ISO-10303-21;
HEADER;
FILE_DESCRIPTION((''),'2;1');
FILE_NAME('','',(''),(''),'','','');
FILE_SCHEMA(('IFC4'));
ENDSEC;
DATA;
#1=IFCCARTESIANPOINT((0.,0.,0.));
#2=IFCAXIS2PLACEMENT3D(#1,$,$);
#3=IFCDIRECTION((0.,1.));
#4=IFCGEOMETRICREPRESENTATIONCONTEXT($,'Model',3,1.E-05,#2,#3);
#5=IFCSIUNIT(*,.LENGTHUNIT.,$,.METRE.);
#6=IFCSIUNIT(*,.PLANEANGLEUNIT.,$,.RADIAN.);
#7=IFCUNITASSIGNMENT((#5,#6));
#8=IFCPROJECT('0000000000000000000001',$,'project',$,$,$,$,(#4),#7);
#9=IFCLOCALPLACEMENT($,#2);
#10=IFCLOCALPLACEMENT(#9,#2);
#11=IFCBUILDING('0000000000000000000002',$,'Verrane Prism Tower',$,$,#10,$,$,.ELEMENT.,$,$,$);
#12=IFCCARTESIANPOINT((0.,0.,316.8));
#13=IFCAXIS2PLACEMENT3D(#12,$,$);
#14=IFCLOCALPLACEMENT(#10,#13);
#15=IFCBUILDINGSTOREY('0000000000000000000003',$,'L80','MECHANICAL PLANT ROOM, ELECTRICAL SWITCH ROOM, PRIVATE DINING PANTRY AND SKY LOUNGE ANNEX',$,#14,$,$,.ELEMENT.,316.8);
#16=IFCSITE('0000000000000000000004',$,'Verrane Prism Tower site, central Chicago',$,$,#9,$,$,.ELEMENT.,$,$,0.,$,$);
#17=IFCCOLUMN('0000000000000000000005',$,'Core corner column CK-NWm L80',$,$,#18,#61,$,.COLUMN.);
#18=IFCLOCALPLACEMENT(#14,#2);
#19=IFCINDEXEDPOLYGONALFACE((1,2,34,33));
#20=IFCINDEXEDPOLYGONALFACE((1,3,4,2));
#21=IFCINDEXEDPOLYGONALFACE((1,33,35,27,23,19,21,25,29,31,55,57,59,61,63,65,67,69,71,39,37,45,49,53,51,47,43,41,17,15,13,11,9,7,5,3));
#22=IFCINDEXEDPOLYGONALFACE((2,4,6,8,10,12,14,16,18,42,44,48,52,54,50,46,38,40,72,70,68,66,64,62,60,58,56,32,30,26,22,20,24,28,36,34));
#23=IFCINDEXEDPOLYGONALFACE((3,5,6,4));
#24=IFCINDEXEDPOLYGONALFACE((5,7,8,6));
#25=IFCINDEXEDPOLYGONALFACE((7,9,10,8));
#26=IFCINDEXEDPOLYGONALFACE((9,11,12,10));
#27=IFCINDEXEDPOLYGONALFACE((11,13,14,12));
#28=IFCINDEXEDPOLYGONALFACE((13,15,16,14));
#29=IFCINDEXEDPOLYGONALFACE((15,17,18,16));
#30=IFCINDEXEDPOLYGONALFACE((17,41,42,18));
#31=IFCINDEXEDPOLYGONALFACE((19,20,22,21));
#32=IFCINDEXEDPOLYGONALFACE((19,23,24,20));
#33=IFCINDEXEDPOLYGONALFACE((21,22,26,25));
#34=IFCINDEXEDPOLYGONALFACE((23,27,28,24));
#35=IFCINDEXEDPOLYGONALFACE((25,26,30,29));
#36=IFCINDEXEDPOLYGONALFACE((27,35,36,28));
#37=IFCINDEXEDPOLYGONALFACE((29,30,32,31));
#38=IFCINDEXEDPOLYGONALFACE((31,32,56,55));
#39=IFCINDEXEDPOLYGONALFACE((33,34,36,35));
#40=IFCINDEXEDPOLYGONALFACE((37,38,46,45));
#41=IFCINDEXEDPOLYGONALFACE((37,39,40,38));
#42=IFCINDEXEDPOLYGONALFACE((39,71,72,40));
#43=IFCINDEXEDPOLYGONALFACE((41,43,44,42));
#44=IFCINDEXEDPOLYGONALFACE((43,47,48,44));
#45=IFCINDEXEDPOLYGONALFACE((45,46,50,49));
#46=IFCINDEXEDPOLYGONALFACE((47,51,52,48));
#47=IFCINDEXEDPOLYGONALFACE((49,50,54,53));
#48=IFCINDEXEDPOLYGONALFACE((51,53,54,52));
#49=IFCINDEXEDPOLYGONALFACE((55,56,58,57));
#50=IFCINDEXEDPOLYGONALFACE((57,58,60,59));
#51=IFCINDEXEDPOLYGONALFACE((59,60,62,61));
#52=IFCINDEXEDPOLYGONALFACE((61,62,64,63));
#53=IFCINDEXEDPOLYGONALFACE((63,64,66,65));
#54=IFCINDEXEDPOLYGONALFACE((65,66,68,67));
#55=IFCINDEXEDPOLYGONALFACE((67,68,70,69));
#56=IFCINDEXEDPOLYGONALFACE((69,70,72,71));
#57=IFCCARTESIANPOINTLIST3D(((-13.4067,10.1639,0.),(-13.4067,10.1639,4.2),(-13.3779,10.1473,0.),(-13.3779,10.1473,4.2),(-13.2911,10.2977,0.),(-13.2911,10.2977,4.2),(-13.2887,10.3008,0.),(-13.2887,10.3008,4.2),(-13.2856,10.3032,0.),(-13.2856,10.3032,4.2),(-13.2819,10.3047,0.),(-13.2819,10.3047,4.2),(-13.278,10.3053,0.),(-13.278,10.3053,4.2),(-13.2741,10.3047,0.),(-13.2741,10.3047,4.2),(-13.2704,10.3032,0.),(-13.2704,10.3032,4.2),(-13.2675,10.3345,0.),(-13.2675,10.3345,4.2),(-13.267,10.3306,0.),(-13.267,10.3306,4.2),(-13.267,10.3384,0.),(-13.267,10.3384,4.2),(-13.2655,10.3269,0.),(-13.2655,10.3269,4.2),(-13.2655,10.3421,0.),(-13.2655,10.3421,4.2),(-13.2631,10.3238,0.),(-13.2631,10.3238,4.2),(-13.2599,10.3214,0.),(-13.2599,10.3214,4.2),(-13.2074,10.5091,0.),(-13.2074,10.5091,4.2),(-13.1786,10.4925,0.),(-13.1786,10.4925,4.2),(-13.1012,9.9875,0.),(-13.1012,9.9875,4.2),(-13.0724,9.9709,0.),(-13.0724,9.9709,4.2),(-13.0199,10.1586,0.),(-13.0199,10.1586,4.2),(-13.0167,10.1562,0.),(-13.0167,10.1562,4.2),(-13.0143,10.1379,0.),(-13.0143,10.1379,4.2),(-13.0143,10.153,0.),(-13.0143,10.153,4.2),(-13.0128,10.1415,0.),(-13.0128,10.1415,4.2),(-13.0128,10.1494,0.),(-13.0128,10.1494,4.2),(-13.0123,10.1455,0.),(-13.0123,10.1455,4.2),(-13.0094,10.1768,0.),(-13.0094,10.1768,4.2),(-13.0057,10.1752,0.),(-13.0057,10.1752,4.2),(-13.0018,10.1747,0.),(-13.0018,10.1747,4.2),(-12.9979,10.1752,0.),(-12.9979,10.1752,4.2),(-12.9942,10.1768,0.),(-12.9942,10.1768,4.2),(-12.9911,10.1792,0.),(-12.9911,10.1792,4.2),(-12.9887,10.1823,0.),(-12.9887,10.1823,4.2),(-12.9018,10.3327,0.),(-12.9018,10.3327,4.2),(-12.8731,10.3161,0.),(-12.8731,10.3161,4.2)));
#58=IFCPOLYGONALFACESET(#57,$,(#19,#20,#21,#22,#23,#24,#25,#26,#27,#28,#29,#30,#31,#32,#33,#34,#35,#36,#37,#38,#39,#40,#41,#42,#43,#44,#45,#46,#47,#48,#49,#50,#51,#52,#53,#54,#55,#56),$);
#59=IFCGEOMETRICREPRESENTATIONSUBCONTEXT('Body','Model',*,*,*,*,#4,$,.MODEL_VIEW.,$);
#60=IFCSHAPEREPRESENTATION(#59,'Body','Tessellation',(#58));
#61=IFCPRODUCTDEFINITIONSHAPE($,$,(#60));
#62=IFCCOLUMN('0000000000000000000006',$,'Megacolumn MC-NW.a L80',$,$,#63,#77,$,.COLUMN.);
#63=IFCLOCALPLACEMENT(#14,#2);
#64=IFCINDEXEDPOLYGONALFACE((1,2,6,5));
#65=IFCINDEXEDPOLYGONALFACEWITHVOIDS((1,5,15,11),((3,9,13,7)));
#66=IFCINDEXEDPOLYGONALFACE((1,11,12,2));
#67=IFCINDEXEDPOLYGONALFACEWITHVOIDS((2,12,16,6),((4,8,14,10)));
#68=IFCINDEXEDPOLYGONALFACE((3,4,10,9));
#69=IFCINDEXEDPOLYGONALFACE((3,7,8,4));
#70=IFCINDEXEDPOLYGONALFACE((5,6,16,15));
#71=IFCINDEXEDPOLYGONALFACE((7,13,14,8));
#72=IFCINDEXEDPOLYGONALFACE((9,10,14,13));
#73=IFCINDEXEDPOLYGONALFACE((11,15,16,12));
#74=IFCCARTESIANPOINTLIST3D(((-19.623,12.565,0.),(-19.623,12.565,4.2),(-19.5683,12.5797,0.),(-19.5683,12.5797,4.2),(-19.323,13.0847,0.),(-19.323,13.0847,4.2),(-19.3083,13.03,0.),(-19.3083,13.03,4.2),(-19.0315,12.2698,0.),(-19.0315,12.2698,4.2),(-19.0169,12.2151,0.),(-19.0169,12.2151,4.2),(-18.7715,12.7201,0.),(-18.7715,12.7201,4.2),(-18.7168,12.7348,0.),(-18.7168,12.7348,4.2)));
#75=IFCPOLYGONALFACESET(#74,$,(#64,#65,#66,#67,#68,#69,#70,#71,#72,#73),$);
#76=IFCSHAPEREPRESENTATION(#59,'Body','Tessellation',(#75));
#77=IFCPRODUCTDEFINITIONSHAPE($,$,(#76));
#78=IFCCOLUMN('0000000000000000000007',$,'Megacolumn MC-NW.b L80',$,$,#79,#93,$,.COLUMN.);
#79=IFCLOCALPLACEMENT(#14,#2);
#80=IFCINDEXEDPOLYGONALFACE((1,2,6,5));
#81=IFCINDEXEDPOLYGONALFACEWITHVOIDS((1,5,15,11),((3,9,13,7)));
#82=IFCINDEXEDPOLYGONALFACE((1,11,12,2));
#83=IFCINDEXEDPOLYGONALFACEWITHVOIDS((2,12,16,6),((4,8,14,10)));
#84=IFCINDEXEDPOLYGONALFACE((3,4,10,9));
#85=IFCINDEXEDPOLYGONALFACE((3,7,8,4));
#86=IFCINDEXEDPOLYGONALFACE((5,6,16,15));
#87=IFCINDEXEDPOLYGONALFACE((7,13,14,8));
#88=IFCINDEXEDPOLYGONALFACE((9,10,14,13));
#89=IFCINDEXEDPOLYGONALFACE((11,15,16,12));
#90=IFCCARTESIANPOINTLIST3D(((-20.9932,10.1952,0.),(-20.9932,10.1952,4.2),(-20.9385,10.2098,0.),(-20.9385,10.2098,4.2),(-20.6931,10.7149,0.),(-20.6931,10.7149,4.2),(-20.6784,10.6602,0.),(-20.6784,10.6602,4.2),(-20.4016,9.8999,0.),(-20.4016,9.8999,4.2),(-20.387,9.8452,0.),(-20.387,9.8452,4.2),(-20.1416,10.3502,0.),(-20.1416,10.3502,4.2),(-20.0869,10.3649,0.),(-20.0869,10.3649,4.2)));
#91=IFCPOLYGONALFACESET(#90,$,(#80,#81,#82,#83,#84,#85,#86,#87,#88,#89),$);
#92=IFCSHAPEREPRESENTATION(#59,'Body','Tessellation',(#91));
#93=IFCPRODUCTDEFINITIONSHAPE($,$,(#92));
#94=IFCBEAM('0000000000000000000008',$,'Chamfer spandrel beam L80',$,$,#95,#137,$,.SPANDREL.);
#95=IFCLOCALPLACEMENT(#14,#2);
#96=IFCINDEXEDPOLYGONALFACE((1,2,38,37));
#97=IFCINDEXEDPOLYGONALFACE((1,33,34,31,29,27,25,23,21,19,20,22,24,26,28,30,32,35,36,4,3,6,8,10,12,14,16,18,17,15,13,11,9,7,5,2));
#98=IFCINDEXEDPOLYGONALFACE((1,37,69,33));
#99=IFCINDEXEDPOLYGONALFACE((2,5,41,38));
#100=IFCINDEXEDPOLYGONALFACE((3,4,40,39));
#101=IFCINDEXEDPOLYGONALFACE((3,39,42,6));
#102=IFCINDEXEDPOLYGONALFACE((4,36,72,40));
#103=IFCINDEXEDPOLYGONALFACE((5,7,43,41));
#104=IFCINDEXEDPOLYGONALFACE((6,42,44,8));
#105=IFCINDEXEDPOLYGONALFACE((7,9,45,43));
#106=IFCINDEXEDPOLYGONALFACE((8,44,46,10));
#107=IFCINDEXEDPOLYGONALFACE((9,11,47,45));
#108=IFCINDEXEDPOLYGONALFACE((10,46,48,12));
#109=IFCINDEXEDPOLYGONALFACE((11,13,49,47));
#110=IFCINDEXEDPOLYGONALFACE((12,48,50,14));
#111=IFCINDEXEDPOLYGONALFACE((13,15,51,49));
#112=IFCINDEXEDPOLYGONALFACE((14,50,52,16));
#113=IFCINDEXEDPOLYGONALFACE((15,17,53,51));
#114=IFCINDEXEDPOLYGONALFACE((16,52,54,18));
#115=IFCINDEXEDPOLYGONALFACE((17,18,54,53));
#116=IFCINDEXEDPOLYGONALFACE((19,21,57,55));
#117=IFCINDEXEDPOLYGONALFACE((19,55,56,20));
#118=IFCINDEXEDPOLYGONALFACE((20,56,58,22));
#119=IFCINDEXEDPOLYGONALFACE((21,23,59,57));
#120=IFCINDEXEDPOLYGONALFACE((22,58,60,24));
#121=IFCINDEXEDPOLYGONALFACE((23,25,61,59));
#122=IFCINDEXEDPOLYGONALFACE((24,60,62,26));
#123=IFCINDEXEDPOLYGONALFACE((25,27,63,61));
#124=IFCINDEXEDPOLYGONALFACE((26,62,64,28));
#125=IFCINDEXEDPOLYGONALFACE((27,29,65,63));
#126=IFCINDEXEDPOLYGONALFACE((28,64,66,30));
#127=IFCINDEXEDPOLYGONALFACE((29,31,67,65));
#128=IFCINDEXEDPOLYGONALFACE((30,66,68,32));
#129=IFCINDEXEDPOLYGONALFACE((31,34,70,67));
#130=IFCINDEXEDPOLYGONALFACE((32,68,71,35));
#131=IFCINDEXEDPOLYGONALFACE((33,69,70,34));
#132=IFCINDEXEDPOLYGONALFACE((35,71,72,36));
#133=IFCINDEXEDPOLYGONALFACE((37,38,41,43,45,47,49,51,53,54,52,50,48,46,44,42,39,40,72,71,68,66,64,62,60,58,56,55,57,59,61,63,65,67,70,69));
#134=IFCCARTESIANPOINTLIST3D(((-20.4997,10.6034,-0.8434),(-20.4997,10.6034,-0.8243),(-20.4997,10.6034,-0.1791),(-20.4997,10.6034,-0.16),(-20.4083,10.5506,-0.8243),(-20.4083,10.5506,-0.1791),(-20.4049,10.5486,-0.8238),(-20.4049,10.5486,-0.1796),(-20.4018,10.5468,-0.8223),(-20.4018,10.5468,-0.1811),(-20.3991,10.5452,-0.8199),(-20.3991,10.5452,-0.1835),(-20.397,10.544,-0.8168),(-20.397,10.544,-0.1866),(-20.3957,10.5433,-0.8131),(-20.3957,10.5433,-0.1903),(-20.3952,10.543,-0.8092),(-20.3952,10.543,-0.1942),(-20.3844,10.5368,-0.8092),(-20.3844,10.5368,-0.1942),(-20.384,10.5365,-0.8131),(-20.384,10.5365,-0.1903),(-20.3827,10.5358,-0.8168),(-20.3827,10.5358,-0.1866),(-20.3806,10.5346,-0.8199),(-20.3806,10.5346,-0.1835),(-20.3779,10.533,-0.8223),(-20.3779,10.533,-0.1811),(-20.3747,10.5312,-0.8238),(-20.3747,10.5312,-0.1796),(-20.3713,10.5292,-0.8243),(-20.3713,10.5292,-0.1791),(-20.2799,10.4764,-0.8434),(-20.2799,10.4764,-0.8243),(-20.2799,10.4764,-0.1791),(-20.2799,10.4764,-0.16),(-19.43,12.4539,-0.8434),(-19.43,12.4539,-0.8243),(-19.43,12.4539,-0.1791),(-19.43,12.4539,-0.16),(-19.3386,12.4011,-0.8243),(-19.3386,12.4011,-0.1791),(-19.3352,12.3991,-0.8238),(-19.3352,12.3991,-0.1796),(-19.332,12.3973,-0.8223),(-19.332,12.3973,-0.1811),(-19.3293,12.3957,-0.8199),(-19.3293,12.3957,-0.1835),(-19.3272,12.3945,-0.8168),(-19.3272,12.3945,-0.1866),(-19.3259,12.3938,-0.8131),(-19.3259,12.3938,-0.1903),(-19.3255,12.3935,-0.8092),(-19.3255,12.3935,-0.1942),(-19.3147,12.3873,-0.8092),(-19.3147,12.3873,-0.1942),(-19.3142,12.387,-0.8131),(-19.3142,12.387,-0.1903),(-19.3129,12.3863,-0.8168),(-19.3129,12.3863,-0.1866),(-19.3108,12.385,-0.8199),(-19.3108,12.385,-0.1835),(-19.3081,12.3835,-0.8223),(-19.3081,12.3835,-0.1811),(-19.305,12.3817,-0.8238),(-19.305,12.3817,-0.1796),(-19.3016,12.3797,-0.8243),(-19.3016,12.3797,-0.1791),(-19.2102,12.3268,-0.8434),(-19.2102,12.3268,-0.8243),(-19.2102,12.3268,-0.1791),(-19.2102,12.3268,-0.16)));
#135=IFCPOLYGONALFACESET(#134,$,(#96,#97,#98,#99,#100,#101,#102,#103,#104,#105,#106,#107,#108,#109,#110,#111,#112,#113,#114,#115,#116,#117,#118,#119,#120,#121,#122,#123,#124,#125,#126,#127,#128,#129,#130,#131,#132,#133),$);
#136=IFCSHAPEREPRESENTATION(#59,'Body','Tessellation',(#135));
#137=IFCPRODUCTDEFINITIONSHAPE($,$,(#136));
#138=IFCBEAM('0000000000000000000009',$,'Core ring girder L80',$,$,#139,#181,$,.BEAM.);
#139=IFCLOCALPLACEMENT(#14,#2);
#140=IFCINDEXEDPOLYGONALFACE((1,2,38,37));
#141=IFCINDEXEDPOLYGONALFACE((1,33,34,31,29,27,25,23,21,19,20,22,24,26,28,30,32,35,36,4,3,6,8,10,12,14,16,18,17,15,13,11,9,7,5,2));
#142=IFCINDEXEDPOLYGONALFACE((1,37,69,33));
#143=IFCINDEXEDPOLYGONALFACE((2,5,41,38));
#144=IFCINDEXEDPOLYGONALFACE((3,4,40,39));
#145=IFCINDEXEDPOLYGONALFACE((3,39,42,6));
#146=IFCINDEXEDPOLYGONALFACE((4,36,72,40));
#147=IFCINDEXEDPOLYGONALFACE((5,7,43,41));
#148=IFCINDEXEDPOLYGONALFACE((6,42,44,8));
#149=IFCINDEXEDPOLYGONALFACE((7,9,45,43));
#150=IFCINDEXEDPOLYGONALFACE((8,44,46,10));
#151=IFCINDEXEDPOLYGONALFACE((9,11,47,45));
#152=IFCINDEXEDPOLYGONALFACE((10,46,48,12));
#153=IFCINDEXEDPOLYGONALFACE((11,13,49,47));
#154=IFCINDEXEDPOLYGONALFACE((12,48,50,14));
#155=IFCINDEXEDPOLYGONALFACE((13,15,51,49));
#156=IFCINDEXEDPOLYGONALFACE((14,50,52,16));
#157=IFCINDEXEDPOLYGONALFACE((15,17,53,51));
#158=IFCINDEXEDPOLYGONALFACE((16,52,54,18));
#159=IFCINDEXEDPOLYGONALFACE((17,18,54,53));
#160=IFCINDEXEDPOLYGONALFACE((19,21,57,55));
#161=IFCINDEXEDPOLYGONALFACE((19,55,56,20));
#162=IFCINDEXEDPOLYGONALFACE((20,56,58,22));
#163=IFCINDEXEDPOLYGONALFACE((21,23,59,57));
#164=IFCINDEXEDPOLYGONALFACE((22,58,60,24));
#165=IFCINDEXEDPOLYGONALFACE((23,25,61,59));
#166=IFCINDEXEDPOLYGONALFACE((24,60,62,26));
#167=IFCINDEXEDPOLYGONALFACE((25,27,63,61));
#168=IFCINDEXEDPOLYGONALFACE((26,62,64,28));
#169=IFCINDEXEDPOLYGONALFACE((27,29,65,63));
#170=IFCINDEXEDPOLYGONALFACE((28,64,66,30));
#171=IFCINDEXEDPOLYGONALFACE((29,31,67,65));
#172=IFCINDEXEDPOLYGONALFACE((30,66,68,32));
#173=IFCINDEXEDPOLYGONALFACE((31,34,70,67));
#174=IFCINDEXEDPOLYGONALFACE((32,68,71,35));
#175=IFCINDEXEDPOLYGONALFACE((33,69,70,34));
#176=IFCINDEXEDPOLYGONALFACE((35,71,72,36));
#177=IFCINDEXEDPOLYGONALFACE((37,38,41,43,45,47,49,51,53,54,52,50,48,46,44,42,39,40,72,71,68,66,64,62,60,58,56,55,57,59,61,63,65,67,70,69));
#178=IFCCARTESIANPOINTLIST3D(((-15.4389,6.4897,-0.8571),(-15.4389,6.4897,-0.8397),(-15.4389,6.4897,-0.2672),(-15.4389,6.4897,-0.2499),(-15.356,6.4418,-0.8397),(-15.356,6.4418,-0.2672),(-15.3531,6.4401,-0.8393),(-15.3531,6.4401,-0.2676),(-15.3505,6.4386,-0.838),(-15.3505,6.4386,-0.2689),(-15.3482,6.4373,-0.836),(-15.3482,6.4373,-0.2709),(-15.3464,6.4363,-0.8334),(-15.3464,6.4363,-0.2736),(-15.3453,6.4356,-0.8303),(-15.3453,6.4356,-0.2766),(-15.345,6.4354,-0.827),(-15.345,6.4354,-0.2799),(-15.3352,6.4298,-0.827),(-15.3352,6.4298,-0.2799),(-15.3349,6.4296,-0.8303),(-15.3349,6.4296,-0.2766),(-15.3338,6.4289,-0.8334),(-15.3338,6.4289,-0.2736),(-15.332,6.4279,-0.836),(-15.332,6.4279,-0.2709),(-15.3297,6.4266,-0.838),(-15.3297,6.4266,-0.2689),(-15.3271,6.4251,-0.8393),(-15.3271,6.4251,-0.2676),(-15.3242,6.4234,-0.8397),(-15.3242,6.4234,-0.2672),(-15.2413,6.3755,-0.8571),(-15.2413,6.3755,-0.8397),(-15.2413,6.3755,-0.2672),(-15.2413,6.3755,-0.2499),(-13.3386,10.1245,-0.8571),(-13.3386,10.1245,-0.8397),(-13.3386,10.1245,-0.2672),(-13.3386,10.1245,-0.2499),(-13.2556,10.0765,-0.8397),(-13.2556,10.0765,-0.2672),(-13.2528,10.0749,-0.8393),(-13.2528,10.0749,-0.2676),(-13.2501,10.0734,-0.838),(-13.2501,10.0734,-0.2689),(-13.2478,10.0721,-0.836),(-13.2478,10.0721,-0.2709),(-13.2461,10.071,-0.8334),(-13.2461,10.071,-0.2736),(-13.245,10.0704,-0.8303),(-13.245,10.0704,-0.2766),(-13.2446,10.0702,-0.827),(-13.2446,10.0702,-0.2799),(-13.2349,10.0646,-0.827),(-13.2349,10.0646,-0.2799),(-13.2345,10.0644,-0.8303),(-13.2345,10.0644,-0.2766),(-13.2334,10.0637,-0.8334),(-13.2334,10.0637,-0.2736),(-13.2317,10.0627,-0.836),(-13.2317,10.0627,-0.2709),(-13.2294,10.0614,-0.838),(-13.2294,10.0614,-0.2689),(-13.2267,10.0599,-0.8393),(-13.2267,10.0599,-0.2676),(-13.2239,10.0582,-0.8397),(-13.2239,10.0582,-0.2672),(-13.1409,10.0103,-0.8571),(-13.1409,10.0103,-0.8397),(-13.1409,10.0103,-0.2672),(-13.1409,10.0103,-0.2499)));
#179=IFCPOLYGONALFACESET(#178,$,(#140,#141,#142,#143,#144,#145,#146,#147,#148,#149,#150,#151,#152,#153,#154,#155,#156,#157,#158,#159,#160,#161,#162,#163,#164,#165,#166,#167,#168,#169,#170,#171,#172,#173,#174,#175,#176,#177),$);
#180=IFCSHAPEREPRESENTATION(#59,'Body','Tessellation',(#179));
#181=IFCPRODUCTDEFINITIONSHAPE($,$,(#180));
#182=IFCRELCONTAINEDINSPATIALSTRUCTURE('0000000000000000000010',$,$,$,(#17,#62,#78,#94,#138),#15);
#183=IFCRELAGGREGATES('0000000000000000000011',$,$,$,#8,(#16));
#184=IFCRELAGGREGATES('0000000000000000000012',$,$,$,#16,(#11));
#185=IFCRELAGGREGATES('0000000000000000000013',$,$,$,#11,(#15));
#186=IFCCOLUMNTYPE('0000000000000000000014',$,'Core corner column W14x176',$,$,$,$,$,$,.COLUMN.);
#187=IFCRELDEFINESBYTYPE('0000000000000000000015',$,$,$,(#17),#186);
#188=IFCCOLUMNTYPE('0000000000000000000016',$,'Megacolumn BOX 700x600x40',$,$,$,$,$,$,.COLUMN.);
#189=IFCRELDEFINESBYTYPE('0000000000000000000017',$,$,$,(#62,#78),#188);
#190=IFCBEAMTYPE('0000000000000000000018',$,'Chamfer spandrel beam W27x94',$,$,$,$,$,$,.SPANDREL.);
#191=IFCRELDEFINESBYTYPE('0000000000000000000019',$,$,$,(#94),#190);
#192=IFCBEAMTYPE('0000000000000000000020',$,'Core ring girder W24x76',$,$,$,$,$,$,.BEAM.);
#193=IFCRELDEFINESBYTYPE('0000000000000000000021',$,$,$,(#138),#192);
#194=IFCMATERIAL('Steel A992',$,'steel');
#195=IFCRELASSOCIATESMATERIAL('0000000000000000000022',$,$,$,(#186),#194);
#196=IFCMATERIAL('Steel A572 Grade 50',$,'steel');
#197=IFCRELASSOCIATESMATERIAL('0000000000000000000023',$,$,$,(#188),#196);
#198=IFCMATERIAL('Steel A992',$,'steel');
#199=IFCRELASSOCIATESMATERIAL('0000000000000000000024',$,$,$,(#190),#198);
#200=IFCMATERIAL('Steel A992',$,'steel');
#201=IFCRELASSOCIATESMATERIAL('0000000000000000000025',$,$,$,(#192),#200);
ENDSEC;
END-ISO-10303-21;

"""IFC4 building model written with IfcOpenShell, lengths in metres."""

from ifc_helpers import new_model, si_unit, direction, frame, origin, origin_2d, place, context, subcontext, project, spatial, hollow_rectangle, i_section, extrude, material, material_profile, profile_set, type_object, element, save


model = new_model("IFC4")

# Units and contexts
model_context = context("Model", 3, precision=1e-05, world=origin(), true_north=direction((0.0, 1.0)))
body_context = subcontext(model_context, "Body", "Model", "MODEL_VIEW")
ifc_project = project(units=[si_unit("LENGTHUNIT", "METRE"), si_unit("PLANEANGLEUNIT", "RADIAN")], contexts=[model_context])

# Site, building, storey
site_placement = place(None, origin())
site = spatial("IfcSite", under=ifc_project, at=site_placement, Name="Verrane Prism Tower site, central Chicago", CompositionType="ELEMENT", RefElevation=0.0)
building_placement = place(site_placement, origin())
building = spatial("IfcBuilding", under=site, at=building_placement, Name="Verrane Prism Tower", CompositionType="ELEMENT")
storey_placement = place(building_placement, frame((0.0, 0.0, 316.8)))
storey = spatial("IfcBuildingStorey", under=building, at=storey_placement, Name="L80", Description="MECHANICAL PLANT ROOM, ELECTRICAL SWITCH ROOM, PRIVATE DINING PANTRY AND SKY LOUNGE ANNEX", CompositionType="ELEMENT", Elevation=316.8)

# Columns
ifc_material_1 = material(Name="Steel A992", Category="steel")
ifc_material_profile_1 = material_profile(ifc_material_1, i_section(OverallWidth=0.3987, OverallDepth=0.386, WebThickness=0.021, FlangeThickness=0.0332, FilletRadius=0.0151, at=origin_2d()), Name="W14x176")
ifc_profile_set_1 = profile_set([ifc_material_profile_1], Name="Steel A992")
column_type_1 = type_object("IfcColumnType", Name="Core corner column W14x176", PredefinedType="COLUMN", material=ifc_profile_set_1)
column_placement = place(storey_placement, frame((-13.1399, 10.24, 0.0), z_axis=(0.0, 0.0, 1.0), x_axis=(0.5, 0.866025, 0.0)))
element("IfcColumn", 1, at=column_placement, inside=storey, type_object=column_type_1, Name="Core corner column CK-NWm L80", PredefinedType="COLUMN", context=body_context, shape_type="SweptSolid", body=[
    extrude(i_section(OverallWidth=0.3987, OverallDepth=0.386, WebThickness=0.021, FlangeThickness=0.0332, FilletRadius=0.0151, at=origin_2d()), origin(), (0.0, 0.0, 1.0), 4.2),
])
ifc_material_2 = material(Name="Steel A572 Grade 50", Category="steel")
ifc_material_profile_2 = material_profile(ifc_material_2, hollow_rectangle(XDim=0.6001, YDim=0.7, WallThickness=0.04, at=origin_2d()), Name="BOX 700x600x40")
ifc_profile_set_2 = profile_set([ifc_material_profile_2], Name="Steel A572 Grade 50")
column_type_2 = type_object("IfcColumnType", Name="Megacolumn BOX 700x600x40", PredefinedType="COLUMN", material=ifc_profile_set_2)
for number, where, z_axis, x_axis, name in (
    (2, (-19.1699, 12.6499, 0.0), (0.0, 0.0, 1.0), (0.5, 0.866025, 0.0), "Megacolumn MC-NW.a L80"),
    (3, (-20.54, 10.28, 0.0), (0.0, 0.0, 1.0), (0.5, 0.866025, 0.0), "Megacolumn MC-NW.b L80"),
):
    element("IfcColumn", number, at=place(storey_placement, frame(where, z_axis=z_axis, x_axis=x_axis)), inside=storey, type_object=column_type_2, Name=name, PredefinedType="COLUMN", context=body_context, shape_type="SweptSolid", body=[
        extrude(hollow_rectangle(XDim=0.6001, YDim=0.7, WallThickness=0.04, at=origin_2d()), origin(), (0.0, 0.0, 1.0), 4.2),
    ])

# Beams
ifc_material_3 = material(Name="Steel A992", Category="steel")
ifc_material_profile_3 = material_profile(ifc_material_3, i_section(OverallWidth=0.2539, OverallDepth=0.6833, WebThickness=0.0125, FlangeThickness=0.019, FilletRadius=0.0151, at=origin_2d()), Name="W27x94")
ifc_profile_set_3 = profile_set([ifc_material_profile_3], Name="Steel A992")
beam_type_1 = type_object("IfcBeamType", Name="Chamfer spandrel beam W27x94", PredefinedType="SPANDREL", material=ifc_profile_set_3)
beam_1_placement = place(storey_placement, frame((-19.3201, 12.3904, -0.5017), z_axis=(-0.500487, -0.865744, 0.0), x_axis=(0.865744, -0.500487, 0.0)))
element("IfcBeam", 4, at=beam_1_placement, inside=storey, type_object=beam_type_1, Name="Chamfer spandrel beam L80", PredefinedType="SPANDREL", context=body_context, shape_type="SweptSolid", body=[
    extrude(i_section(OverallWidth=0.2539, OverallDepth=0.6833, WebThickness=0.0125, FlangeThickness=0.019, FilletRadius=0.0151, at=origin_2d()), origin(), (0.0, 0.0, 1.0), 2.1375),
])
ifc_material_4 = material(Name="Steel A992", Category="steel")
ifc_material_profile_4 = material_profile(ifc_material_4, i_section(OverallWidth=0.2283, OverallDepth=0.6072, WebThickness=0.0112, FlangeThickness=0.0173, FilletRadius=0.0127, at=origin_2d()), Name="W24x76")
ifc_profile_set_4 = profile_set([ifc_material_profile_4], Name="Steel A992")
beam_type_2 = type_object("IfcBeamType", Name="Core ring girder W24x76", PredefinedType="BEAM", material=ifc_profile_set_4)
beam_2_placement = place(storey_placement, frame((-13.2397, 10.0674, -0.5535), z_axis=(-0.500323, -0.865839, 0.0), x_axis=(0.865839, -0.500323, 0.0)))
element("IfcBeam", 5, at=beam_2_placement, inside=storey, type_object=beam_type_2, Name="Core ring girder L80", PredefinedType="BEAM", context=body_context, shape_type="SweptSolid", body=[
    extrude(i_section(OverallWidth=0.2283, OverallDepth=0.6072, WebThickness=0.0112, FlangeThickness=0.0173, FilletRadius=0.0127, at=origin_2d()), origin(), (0.0, 0.0, 1.0), 4.198),
])

save(model, "model.ifc")
